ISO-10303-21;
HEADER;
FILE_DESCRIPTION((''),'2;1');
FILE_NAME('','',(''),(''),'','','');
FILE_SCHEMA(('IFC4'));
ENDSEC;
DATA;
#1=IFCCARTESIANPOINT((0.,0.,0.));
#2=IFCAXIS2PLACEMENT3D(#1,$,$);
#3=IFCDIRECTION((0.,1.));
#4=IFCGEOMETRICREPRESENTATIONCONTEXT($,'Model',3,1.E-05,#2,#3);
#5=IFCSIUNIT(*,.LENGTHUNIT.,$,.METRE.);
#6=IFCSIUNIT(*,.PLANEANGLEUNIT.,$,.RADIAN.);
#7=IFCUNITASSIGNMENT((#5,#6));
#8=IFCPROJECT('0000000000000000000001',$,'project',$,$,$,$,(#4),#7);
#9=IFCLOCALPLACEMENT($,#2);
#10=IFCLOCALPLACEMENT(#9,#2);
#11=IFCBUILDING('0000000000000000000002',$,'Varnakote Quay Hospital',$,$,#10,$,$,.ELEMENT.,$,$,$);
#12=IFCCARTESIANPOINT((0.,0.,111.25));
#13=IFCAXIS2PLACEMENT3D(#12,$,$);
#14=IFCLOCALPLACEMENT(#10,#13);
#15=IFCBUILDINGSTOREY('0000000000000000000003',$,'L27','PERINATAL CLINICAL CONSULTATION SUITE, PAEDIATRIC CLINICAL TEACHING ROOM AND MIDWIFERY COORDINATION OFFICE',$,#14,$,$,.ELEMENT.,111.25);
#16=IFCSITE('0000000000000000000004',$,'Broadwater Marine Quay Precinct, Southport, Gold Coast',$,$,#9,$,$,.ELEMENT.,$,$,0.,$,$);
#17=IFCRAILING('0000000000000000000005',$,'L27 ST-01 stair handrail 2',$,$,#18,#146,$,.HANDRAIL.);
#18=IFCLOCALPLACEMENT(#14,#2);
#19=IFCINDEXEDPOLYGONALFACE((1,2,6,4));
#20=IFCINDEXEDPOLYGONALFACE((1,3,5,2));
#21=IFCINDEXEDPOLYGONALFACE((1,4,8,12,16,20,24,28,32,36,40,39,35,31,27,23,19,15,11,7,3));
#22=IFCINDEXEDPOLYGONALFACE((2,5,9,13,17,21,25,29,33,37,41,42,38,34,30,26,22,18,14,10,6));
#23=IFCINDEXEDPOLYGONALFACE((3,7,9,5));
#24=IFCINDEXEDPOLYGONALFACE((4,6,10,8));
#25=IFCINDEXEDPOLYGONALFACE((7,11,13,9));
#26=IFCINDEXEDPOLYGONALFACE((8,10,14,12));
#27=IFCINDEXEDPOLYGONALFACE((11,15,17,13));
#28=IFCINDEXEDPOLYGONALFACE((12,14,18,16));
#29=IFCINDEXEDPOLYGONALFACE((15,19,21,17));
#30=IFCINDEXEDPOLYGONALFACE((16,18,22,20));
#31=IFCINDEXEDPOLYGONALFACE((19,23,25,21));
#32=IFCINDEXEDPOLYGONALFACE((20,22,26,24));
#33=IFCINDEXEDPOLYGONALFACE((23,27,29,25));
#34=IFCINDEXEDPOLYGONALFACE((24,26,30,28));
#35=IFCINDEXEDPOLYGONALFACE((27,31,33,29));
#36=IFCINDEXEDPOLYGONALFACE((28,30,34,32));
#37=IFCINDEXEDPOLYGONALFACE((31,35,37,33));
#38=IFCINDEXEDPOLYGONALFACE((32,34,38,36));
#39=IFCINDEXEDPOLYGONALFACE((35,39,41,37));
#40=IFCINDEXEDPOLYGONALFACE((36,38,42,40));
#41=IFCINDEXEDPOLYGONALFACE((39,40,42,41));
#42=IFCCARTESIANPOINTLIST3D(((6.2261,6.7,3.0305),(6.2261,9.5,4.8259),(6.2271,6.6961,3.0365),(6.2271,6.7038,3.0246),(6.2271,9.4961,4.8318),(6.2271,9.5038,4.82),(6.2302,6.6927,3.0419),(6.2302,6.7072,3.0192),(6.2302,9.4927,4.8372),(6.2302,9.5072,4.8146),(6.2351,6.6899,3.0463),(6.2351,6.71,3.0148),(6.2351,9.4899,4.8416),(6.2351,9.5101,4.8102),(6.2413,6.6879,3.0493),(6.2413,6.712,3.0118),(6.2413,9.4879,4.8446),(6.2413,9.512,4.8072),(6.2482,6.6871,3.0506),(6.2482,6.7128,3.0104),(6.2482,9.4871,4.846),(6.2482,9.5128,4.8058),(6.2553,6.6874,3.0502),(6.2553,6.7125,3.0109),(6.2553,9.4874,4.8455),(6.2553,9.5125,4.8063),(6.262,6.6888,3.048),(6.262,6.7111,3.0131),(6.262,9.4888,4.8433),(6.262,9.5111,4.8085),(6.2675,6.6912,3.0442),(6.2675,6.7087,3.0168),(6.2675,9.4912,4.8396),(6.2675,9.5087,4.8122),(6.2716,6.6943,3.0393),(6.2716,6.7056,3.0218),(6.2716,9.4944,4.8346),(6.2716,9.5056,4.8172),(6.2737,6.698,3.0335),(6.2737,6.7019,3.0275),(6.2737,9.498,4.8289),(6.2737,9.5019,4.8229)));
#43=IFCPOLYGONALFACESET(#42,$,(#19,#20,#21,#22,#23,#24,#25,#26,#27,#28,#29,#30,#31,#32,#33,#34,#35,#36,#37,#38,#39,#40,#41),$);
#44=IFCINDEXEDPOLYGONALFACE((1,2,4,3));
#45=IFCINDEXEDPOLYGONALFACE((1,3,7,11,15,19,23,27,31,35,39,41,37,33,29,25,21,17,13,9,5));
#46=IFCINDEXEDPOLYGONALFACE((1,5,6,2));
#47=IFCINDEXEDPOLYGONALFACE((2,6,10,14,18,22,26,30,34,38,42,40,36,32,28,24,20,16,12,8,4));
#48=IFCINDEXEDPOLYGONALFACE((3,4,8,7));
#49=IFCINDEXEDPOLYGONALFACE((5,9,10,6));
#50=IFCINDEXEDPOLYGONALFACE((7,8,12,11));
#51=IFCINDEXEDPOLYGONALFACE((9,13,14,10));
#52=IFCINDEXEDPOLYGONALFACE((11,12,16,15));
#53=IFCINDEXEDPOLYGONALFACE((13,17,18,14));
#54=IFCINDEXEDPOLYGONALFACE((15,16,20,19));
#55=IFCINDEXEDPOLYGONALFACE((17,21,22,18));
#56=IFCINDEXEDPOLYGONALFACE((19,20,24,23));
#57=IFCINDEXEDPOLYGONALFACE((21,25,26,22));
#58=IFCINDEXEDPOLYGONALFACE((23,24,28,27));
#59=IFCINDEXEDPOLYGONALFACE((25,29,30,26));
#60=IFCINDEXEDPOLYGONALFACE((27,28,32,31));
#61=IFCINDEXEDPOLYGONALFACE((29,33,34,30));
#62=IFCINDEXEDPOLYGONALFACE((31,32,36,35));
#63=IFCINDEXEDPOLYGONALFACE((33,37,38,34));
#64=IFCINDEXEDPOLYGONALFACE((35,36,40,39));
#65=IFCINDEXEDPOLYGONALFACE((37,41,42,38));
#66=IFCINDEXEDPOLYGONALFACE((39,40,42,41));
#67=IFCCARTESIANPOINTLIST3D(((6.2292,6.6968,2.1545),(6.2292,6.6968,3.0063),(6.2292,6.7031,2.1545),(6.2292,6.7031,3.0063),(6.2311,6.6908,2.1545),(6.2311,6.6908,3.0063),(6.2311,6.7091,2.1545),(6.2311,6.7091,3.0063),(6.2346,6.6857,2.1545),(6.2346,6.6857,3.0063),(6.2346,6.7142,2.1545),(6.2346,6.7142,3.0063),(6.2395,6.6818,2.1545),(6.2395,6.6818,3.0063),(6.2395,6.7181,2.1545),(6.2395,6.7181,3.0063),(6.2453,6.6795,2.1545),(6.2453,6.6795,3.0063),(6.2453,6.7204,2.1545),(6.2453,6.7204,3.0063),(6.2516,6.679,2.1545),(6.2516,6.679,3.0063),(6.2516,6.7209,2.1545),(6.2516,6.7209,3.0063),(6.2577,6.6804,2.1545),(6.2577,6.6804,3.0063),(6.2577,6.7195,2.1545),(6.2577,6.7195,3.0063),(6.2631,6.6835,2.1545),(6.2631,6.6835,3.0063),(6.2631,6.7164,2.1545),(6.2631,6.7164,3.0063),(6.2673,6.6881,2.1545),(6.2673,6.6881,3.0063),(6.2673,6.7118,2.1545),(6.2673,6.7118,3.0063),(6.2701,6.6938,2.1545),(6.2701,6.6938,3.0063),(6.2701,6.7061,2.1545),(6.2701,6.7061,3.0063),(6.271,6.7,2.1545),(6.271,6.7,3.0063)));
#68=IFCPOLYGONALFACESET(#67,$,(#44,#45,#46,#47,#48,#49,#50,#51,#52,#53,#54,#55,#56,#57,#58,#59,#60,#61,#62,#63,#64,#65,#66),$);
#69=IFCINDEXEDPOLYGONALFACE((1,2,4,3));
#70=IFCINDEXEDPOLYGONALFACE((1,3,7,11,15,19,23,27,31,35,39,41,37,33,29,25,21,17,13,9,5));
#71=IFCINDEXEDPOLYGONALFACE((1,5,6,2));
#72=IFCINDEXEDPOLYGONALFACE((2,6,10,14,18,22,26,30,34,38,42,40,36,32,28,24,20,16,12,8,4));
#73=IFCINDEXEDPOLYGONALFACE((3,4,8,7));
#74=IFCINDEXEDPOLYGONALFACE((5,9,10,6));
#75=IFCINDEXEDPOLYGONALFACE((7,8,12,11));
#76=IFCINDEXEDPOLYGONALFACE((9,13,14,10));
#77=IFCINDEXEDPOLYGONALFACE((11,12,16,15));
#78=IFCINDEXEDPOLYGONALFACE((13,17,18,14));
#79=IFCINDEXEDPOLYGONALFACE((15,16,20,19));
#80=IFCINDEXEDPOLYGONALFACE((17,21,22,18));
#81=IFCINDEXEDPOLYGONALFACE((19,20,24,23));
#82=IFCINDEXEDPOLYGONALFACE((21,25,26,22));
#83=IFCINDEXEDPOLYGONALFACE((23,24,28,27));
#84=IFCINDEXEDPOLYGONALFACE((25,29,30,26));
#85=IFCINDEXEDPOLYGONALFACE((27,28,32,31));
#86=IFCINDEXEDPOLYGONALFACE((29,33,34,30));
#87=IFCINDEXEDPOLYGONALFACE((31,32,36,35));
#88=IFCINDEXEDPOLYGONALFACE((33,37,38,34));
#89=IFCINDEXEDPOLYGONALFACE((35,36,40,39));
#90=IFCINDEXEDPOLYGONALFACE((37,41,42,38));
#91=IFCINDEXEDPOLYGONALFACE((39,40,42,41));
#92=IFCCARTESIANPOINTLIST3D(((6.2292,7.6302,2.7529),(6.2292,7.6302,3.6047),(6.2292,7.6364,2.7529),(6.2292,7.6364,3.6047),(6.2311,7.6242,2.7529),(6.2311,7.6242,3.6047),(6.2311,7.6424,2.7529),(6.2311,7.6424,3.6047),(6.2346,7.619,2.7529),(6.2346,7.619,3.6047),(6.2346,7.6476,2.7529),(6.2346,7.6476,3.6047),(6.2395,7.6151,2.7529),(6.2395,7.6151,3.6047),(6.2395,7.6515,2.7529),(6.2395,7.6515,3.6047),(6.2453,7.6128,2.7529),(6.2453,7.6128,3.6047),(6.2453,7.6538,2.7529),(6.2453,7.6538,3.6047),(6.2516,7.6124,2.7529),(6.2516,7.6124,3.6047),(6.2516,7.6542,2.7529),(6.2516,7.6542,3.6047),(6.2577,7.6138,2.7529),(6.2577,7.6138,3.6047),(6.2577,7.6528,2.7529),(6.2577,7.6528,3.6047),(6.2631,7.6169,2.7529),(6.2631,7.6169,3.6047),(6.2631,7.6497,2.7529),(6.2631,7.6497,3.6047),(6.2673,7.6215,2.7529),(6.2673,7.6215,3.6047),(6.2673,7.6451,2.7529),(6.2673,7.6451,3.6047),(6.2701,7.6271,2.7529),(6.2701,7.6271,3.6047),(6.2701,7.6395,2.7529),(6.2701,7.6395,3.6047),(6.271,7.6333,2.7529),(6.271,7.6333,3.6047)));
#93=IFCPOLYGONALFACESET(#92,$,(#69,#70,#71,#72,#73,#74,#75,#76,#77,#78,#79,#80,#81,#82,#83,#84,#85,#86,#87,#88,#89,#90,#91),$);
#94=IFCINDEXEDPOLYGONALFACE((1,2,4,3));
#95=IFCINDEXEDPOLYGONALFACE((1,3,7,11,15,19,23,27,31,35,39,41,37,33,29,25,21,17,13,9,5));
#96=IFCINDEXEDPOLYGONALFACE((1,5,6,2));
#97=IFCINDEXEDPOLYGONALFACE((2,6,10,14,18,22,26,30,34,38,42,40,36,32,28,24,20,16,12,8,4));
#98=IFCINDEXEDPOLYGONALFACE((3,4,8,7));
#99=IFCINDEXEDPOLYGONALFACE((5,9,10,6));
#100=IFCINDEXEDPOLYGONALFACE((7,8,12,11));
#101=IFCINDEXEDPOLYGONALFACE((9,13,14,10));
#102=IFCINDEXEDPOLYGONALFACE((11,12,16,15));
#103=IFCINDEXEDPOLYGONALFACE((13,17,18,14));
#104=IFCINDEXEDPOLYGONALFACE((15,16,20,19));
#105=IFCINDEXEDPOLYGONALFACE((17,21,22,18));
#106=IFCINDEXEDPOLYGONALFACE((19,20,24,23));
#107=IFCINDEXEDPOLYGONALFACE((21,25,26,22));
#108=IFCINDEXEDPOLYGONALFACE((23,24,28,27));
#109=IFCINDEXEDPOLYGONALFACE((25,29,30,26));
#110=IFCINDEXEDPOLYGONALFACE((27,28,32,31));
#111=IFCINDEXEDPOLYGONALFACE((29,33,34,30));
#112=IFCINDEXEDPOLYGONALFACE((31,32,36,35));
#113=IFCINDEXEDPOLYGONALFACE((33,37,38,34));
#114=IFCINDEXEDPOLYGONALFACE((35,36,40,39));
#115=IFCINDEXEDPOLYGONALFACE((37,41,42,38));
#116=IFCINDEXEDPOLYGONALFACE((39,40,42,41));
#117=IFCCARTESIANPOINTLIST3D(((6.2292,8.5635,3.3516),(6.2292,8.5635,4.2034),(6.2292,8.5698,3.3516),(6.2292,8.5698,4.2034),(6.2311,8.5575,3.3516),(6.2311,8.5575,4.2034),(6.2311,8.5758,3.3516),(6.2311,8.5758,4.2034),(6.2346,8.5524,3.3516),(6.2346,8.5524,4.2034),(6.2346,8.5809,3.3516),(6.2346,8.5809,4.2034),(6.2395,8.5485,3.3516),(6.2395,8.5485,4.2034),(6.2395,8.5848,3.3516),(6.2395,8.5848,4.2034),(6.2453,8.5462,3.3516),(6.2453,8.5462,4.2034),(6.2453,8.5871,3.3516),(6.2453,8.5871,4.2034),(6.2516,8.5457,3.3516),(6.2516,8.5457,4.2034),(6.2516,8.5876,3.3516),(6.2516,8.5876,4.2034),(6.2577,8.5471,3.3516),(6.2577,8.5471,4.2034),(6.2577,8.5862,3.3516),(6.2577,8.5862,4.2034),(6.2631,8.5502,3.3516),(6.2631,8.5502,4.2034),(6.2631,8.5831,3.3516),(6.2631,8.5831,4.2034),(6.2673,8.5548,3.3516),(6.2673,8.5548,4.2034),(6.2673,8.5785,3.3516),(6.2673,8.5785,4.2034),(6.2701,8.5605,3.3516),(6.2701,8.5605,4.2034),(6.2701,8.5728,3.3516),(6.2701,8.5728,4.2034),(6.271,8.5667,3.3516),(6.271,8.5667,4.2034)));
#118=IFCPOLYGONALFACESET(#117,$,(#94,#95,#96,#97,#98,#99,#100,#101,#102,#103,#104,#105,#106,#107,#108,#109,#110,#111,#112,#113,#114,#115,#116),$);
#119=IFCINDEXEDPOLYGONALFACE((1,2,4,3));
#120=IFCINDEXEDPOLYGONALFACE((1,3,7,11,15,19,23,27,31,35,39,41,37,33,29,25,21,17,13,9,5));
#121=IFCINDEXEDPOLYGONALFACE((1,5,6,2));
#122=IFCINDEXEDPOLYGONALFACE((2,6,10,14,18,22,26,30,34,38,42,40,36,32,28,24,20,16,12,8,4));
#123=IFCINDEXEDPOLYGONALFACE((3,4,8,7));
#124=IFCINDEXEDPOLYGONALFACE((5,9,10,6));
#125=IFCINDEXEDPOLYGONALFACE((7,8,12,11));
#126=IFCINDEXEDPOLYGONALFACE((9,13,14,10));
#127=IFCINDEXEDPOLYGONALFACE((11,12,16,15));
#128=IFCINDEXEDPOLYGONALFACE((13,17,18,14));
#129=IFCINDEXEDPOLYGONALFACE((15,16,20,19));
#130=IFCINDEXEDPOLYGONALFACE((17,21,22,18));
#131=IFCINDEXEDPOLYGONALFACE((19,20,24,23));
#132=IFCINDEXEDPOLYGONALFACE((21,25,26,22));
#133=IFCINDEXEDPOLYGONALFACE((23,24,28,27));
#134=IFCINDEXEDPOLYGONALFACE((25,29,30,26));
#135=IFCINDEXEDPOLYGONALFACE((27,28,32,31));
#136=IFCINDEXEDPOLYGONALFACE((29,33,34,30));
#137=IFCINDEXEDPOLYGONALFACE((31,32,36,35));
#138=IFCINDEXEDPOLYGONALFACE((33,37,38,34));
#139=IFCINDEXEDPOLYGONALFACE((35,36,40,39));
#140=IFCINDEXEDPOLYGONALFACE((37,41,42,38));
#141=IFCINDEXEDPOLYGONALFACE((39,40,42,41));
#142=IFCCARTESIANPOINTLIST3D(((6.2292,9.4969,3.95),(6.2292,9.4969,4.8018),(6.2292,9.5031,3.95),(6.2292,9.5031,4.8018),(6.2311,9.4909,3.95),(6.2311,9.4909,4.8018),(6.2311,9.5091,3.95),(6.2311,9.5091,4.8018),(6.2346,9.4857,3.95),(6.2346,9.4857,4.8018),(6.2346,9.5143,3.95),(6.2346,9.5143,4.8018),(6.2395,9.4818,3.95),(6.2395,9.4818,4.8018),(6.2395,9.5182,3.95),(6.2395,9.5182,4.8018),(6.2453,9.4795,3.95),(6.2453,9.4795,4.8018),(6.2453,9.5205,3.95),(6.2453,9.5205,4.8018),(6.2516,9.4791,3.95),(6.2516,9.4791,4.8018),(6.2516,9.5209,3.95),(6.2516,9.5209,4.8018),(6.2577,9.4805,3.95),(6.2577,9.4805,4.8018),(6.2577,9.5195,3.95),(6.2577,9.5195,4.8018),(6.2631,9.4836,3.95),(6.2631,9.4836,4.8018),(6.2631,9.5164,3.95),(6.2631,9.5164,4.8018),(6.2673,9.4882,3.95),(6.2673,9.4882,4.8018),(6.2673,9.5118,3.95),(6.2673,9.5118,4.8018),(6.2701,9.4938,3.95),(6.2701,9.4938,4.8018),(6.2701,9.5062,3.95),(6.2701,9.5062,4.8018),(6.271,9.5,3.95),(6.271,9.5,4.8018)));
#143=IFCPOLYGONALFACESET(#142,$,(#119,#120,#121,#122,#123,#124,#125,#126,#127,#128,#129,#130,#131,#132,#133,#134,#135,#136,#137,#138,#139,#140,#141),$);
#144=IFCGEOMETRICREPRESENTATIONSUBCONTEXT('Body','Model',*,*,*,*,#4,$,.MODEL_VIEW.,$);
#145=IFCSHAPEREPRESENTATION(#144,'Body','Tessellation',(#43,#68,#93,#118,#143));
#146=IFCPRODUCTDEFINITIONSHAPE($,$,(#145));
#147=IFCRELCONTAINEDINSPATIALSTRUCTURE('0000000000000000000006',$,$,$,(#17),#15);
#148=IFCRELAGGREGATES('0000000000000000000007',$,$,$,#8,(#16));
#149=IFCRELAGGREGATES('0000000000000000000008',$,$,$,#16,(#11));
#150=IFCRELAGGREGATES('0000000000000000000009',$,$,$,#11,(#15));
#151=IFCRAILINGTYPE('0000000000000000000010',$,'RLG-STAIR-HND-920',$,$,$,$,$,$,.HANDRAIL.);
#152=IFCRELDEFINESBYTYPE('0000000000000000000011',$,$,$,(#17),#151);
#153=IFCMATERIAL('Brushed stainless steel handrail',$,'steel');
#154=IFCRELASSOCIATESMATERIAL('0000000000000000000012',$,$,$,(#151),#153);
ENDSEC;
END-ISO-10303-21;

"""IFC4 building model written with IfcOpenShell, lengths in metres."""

from ifc_helpers import new_model, si_unit, direction, frame, origin, origin_2d, place, context, subcontext, project, spatial, circle, extrude, material, type_object, element, save


model = new_model("IFC4")

# Units and contexts
model_context = context("Model", 3, precision=1e-05, world=origin(), true_north=direction((0.0, 1.0)))
body_context = subcontext(model_context, "Body", "Model", "MODEL_VIEW")
ifc_project = project(units=[si_unit("LENGTHUNIT", "METRE"), si_unit("PLANEANGLEUNIT", "RADIAN")], contexts=[model_context])

# Site, building, storey
site_placement = place(None, origin())
site = spatial("IfcSite", under=ifc_project, at=site_placement, Name="Broadwater Marine Quay Precinct, Southport, Gold Coast", CompositionType="ELEMENT", RefElevation=0.0)
building_placement = place(site_placement, origin())
building = spatial("IfcBuilding", under=site, at=building_placement, Name="Varnakote Quay Hospital", CompositionType="ELEMENT")
storey_placement = place(building_placement, frame((0.0, 0.0, 111.25)))
storey = spatial("IfcBuildingStorey", under=building, at=storey_placement, Name="L27", Description="PERINATAL CLINICAL CONSULTATION SUITE, PAEDIATRIC CLINICAL TEACHING ROOM AND MIDWIFERY COORDINATION OFFICE", CompositionType="ELEMENT", Elevation=111.25)

# Railing
ifc_material_1 = material(Name="Brushed stainless steel handrail", Category="steel")
railing_type_1 = type_object("IfcRailingType", Name="RLG-STAIR-HND-920", PredefinedType="HANDRAIL", material=ifc_material_1)
railing_1_placement = place(storey_placement, frame((6.25, 6.7, 2.1545)))
element("IfcRailing", 1, at=railing_1_placement, inside=storey, type_object=railing_type_1, Name="L27 ST-01 stair handrail 2", PredefinedType="HANDRAIL", context=body_context, shape_type="SweptSolid", body=[
    extrude(circle(Radius=0.0239, at=origin_2d()), frame((0.0, 0.0, 0.876), z_axis=(0.0, 0.84181, 0.539774), x_axis=(-1.0, 0.0, 0.0)), (0.0, 0.0, 1.0), 3.3262),
    extrude(circle(Radius=0.021, at=origin_2d()), origin(), (0.0, 0.0, 1.0), 0.8518),
    extrude(circle(Radius=0.021, at=origin_2d()), frame((0.0, 0.9333, 0.5984)), (0.0, 0.0, 1.0), 0.8518),
    extrude(circle(Radius=0.021, at=origin_2d()), frame((0.0, 1.8667, 1.197)), (0.0, 0.0, 1.0), 0.8518),
    extrude(circle(Radius=0.021, at=origin_2d()), frame((0.0, 2.8, 1.7954)), (0.0, 0.0, 1.0), 0.8518),
])

save(model, "model.ifc")
